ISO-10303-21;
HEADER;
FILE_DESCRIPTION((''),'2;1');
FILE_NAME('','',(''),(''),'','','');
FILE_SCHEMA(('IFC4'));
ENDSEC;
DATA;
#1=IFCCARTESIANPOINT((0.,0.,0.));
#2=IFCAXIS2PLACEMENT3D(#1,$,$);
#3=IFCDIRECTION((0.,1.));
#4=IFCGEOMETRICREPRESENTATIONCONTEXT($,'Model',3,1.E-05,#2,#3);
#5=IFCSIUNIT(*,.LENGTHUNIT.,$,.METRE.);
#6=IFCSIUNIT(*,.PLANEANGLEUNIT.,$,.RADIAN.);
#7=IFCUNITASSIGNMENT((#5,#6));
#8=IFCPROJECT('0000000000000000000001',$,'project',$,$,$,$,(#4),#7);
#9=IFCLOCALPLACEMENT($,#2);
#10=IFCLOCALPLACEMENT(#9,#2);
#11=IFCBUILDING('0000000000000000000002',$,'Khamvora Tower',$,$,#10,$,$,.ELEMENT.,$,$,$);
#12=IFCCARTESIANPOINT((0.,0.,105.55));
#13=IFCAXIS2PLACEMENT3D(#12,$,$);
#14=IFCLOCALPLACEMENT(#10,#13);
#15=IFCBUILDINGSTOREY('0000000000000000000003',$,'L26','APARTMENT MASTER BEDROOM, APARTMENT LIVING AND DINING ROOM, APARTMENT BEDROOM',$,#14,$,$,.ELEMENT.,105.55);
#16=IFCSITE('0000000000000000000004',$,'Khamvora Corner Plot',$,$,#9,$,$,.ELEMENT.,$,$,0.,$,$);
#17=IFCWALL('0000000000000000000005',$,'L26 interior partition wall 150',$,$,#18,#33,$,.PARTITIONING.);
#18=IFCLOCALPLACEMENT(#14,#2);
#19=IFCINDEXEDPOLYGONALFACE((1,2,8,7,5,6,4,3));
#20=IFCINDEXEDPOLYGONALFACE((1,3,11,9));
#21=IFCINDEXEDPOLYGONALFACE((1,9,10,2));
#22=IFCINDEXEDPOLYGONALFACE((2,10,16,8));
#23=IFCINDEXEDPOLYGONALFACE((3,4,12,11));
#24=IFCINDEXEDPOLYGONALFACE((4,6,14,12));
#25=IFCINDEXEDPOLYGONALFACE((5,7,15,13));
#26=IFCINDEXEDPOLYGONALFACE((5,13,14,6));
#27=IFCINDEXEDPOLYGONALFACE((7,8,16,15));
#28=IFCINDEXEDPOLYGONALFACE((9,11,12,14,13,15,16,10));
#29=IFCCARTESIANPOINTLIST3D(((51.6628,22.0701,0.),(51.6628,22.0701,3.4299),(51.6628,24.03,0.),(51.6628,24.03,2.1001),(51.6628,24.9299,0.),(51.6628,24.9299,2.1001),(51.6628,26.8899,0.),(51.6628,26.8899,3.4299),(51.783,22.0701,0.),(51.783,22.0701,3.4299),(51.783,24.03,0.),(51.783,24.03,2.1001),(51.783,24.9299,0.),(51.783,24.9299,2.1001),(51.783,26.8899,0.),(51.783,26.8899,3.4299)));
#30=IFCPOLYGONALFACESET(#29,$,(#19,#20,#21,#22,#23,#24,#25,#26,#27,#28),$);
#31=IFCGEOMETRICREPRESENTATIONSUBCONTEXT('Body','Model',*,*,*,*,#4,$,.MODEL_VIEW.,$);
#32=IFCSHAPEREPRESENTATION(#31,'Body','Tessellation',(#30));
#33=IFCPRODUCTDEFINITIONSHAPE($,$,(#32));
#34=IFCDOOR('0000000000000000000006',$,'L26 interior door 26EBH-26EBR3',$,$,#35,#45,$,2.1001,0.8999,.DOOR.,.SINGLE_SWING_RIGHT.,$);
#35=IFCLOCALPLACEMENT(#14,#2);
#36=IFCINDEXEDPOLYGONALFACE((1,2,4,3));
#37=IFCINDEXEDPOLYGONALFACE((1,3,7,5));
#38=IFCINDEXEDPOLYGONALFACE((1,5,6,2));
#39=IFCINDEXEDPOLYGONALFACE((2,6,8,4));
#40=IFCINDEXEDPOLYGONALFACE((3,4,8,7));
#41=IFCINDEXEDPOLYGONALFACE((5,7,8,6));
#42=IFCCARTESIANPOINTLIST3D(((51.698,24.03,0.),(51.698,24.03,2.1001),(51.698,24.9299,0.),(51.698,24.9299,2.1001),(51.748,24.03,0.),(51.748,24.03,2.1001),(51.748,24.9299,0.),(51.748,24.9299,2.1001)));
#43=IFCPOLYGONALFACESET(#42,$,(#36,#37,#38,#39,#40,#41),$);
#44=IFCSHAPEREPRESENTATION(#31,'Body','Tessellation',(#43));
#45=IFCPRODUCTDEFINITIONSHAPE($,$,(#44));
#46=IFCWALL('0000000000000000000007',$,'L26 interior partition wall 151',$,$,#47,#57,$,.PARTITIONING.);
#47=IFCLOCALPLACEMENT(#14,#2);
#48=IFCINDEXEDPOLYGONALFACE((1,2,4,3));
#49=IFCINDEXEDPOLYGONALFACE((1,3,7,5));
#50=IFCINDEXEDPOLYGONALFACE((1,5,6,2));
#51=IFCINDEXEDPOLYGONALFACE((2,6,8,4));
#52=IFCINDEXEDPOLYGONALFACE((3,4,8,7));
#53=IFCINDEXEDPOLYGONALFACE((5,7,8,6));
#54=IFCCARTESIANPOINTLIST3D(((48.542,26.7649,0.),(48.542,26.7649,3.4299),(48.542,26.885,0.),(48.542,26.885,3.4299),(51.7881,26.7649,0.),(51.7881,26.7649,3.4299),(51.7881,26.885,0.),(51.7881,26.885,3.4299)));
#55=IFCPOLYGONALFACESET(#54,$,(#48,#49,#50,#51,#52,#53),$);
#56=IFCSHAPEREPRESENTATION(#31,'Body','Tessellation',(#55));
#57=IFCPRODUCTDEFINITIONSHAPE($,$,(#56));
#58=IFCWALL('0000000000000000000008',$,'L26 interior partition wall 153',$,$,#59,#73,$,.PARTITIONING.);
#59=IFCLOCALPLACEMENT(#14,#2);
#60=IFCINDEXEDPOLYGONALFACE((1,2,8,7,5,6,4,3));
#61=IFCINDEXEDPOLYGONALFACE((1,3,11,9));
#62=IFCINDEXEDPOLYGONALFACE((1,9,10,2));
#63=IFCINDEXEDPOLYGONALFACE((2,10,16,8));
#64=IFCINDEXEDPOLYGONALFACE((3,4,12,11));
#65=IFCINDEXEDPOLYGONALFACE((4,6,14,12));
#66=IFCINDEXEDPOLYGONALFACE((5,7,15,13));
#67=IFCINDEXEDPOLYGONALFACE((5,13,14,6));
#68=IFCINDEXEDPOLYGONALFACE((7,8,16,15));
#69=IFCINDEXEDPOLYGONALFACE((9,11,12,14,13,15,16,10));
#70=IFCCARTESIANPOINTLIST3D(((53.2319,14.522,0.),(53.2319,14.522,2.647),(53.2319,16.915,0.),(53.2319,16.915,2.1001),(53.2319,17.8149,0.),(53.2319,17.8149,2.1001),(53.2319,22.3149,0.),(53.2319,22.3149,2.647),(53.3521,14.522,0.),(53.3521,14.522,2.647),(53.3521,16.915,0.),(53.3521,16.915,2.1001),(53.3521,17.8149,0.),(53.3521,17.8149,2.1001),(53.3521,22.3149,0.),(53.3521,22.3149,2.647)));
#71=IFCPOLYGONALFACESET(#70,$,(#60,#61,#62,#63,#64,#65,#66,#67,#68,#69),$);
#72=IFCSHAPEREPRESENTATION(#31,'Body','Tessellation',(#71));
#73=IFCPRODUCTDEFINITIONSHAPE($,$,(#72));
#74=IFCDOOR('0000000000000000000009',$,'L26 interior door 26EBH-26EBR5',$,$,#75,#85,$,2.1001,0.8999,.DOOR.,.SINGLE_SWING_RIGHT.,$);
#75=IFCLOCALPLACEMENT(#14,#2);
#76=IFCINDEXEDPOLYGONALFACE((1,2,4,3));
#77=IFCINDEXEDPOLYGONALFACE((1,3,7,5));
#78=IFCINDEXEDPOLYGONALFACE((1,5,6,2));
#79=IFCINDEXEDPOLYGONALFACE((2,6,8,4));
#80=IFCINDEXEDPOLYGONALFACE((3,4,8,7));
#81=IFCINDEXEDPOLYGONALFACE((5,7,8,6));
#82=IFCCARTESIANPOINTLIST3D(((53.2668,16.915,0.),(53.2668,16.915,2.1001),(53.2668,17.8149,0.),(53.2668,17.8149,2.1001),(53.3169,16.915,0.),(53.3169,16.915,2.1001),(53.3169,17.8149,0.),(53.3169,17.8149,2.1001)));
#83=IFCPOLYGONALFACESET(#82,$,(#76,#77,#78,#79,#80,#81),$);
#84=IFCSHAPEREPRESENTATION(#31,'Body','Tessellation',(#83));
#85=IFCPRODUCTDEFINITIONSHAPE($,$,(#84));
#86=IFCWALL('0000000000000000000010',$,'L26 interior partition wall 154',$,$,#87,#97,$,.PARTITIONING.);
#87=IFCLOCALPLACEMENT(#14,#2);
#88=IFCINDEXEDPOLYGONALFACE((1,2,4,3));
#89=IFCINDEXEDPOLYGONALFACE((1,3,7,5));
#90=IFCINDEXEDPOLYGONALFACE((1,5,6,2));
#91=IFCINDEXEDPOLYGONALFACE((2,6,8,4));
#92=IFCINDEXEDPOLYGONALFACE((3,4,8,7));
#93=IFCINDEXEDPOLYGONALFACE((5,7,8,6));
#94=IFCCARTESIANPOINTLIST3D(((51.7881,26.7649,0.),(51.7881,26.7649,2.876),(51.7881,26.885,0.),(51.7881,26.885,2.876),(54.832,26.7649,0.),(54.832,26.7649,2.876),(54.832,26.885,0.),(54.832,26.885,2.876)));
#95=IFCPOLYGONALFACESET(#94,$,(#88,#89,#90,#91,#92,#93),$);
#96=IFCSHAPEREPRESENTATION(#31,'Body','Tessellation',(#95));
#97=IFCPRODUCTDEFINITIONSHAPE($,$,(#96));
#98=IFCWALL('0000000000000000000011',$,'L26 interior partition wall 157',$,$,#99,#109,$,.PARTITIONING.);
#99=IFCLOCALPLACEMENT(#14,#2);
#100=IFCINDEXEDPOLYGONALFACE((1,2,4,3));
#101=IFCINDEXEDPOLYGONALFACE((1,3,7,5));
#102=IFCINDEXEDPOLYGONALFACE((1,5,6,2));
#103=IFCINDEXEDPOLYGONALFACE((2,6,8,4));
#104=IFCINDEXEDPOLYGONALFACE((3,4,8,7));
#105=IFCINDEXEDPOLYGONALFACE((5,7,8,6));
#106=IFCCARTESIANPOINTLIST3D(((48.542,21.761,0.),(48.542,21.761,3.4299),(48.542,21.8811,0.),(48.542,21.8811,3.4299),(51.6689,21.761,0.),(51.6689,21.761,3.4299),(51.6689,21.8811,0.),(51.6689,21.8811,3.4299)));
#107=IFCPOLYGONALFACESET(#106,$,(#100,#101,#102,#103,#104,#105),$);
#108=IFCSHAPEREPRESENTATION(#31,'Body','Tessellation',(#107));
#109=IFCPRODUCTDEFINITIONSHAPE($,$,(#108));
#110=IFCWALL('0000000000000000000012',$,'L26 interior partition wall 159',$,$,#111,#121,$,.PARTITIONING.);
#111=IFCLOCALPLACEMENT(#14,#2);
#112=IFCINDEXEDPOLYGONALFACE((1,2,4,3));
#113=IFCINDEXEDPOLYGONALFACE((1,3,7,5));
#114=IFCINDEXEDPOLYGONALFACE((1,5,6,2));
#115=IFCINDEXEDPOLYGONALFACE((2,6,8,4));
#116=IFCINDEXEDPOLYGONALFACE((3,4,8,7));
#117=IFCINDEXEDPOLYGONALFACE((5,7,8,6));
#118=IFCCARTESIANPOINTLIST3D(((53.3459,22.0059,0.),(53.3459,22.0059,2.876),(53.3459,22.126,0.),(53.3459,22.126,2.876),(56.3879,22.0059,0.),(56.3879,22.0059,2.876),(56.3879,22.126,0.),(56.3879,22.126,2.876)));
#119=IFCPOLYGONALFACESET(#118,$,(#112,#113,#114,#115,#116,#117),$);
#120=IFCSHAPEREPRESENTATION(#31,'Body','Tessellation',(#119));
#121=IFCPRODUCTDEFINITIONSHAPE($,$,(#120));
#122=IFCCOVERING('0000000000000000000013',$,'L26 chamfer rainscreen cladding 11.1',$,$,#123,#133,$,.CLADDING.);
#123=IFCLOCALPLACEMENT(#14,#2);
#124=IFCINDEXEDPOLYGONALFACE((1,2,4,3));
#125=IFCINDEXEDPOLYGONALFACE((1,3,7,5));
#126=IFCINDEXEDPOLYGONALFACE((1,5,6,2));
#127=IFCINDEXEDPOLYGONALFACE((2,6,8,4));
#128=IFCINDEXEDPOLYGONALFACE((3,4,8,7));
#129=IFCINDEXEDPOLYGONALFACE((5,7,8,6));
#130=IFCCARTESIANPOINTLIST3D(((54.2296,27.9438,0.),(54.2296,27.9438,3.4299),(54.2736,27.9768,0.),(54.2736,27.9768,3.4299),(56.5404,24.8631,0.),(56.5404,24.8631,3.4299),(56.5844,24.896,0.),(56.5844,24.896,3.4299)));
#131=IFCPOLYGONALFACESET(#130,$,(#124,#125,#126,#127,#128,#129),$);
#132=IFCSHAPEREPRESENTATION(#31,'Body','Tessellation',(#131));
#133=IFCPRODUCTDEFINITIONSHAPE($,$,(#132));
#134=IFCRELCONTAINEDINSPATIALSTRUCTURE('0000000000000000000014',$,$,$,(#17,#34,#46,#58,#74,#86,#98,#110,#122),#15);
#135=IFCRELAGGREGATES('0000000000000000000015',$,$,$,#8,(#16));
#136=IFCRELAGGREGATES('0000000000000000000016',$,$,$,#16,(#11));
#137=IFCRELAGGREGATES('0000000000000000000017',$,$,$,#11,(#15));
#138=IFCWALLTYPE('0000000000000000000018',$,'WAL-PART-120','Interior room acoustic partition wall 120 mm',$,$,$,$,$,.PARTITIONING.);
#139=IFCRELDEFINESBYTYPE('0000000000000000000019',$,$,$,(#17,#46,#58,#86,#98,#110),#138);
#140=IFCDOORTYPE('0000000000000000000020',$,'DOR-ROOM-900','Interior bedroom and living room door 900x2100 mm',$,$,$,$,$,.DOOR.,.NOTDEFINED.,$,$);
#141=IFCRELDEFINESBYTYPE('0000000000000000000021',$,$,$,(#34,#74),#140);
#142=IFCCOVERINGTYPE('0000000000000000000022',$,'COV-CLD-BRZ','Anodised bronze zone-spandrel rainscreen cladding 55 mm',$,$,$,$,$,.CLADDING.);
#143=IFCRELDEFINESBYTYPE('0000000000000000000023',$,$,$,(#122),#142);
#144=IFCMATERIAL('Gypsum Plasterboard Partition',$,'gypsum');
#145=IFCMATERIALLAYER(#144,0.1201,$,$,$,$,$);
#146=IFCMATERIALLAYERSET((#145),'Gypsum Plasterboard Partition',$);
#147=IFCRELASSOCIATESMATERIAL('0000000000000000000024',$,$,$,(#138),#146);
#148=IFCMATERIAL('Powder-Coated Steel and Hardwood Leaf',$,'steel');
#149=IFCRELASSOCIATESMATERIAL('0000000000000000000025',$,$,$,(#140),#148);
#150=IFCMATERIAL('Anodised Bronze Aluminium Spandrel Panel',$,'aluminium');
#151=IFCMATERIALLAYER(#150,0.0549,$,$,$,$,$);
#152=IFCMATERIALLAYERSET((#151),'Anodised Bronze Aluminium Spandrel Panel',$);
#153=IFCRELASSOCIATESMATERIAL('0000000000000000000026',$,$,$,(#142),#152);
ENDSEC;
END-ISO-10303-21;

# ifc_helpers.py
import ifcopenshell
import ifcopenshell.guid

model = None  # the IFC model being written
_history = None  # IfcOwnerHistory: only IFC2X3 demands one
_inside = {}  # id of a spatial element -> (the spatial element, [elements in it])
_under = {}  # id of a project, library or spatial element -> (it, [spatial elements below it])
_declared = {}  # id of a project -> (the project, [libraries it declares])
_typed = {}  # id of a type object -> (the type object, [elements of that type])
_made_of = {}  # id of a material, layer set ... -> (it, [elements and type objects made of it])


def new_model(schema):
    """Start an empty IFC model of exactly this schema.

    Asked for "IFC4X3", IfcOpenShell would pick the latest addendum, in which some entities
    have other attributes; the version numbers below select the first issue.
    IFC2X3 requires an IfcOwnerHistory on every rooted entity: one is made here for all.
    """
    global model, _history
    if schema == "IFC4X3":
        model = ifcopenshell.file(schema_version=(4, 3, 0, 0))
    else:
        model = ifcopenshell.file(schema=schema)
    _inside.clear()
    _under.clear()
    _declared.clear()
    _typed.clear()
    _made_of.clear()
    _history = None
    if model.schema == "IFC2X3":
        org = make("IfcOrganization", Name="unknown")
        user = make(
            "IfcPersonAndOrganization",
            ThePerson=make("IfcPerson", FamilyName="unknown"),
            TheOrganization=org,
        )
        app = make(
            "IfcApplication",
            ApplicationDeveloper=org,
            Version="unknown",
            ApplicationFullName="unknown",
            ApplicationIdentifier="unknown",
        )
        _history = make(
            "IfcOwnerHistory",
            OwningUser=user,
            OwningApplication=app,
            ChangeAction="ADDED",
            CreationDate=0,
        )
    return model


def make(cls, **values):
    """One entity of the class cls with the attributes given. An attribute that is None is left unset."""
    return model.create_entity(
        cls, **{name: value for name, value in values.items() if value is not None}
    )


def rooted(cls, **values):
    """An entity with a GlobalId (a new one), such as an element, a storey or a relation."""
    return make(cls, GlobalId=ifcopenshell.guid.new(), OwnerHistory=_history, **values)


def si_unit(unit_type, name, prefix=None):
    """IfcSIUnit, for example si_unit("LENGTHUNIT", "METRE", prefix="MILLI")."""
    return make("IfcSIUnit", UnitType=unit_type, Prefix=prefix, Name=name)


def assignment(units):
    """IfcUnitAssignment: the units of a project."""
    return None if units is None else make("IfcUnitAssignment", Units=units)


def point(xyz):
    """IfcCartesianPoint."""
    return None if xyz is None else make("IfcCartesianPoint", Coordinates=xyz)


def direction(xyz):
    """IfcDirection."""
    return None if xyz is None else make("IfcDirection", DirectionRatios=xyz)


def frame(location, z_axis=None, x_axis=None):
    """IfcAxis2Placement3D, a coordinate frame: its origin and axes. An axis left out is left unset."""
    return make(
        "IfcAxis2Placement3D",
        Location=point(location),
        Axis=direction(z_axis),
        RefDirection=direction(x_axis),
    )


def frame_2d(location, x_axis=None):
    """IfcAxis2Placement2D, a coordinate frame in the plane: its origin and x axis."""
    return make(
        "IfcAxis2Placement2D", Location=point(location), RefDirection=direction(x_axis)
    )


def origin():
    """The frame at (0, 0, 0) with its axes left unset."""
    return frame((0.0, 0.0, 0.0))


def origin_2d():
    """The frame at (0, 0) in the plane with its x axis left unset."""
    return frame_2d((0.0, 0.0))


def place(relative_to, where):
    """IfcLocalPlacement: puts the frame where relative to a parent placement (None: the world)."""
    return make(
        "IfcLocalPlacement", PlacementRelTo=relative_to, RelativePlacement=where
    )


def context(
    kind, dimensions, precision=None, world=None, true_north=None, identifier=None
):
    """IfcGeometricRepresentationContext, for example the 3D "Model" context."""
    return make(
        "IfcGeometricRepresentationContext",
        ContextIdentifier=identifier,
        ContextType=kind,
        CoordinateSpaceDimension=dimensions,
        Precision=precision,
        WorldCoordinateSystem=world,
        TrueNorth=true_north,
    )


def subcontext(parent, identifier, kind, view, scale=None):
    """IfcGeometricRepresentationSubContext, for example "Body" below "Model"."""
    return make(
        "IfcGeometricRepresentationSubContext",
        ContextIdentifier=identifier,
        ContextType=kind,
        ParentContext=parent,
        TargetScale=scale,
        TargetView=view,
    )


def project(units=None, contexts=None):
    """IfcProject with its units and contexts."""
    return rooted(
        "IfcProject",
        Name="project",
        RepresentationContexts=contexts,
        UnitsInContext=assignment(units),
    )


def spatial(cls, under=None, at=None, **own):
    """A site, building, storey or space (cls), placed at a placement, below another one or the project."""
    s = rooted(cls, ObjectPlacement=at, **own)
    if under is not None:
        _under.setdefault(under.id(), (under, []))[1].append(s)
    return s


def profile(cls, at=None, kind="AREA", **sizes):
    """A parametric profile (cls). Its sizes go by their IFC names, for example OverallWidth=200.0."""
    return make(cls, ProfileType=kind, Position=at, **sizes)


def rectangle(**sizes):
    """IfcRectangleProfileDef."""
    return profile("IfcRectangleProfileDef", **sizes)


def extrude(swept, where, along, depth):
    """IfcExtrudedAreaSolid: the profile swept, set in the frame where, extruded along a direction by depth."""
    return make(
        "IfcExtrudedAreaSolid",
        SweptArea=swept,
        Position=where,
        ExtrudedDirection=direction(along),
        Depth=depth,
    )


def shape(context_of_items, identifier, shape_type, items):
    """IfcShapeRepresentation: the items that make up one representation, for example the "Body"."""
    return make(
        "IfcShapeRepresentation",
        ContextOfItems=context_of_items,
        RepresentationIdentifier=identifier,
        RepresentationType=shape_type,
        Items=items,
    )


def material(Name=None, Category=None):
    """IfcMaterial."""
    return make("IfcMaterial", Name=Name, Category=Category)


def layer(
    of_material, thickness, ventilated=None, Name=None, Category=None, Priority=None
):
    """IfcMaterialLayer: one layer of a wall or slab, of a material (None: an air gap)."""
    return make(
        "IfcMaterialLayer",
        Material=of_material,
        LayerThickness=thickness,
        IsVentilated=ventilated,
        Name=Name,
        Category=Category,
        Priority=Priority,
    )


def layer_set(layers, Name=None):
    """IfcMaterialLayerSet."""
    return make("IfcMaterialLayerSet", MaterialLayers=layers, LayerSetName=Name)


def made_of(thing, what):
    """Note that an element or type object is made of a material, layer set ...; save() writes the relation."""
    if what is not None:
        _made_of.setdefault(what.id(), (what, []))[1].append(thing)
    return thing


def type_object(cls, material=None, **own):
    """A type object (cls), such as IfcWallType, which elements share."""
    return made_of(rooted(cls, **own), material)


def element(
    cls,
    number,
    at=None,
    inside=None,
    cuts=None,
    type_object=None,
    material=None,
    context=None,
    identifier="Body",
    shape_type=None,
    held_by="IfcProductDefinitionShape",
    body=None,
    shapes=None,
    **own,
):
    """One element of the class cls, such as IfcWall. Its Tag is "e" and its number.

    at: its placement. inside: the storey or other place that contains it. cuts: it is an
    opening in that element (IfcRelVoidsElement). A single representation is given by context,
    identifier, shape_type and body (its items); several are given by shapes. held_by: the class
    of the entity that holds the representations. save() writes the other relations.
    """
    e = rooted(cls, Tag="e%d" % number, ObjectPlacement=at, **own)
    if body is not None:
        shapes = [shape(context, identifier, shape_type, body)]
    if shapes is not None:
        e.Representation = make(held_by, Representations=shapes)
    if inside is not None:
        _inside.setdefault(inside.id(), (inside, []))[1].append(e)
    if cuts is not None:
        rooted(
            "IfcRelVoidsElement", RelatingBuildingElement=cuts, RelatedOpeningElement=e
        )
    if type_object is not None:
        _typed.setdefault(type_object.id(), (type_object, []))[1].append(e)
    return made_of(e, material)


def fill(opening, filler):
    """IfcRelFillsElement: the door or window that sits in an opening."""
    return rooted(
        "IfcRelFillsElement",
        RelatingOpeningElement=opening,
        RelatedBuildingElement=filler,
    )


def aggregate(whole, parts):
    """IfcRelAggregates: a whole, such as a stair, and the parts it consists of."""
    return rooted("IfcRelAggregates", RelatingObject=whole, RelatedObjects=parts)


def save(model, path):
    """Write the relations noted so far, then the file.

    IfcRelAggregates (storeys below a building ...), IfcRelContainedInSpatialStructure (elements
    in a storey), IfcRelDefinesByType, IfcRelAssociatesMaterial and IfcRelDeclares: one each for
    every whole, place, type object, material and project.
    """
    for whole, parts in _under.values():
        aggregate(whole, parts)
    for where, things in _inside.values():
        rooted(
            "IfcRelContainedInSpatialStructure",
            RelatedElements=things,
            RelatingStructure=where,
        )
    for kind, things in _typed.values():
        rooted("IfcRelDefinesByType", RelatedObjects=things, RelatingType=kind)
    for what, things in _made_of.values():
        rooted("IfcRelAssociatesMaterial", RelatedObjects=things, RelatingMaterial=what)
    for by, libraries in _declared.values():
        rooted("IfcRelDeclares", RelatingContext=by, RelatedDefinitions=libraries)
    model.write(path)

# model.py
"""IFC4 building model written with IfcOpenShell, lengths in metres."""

from ifc_helpers import new_model, si_unit, direction, frame, frame_2d, origin, origin_2d, place, context, subcontext, project, spatial, rectangle, extrude, material, layer, layer_set, type_object, element, fill, save


model = new_model("IFC4")

# Units and contexts
model_context = context("Model", 3, precision=1e-05, world=origin(), true_north=direction((0.0, 1.0)))
body_context = subcontext(model_context, "Body", "Model", "MODEL_VIEW")
ifc_project = project(units=[si_unit("LENGTHUNIT", "METRE"), si_unit("PLANEANGLEUNIT", "RADIAN")], contexts=[model_context])

# Site, building, storey
site_placement = place(None, origin())
site = spatial("IfcSite", under=ifc_project, at=site_placement, Name="Khamvora Corner Plot", CompositionType="ELEMENT", RefElevation=0.0)
building_placement = place(site_placement, origin())
building = spatial("IfcBuilding", under=site, at=building_placement, Name="Khamvora Tower", CompositionType="ELEMENT")
storey_placement = place(building_placement, frame((0.0, 0.0, 105.55)))
storey = spatial("IfcBuildingStorey", under=building, at=storey_placement, Name="L26", Description="APARTMENT MASTER BEDROOM, APARTMENT LIVING AND DINING ROOM, APARTMENT BEDROOM", CompositionType="ELEMENT", Elevation=105.55)

# Shared definitions
ifc_material_1 = material(Name="Powder-Coated Steel and Hardwood Leaf", Category="steel")

# Shared definitions
ifc_material_2 = material(Name="Gypsum Plasterboard Partition", Category="gypsum")
ifc_layer_1 = layer(ifc_material_2, 0.1201)
ifc_layer_set_1 = layer_set([ifc_layer_1], Name="Gypsum Plasterboard Partition")
wall_type_1 = type_object("IfcWallType", Name="WAL-PART-120", Description="Interior room acoustic partition wall 120 mm", PredefinedType="PARTITIONING", material=ifc_layer_set_1)
door_type_1 = type_object("IfcDoorType", Name="DOR-ROOM-900", Description="Interior bedroom and living room door 900x2100 mm", OperationType="NOTDEFINED", PredefinedType="DOOR", material=ifc_material_1)

# Wall, opening, door
wall_1_placement = place(storey_placement, frame((51.7229, 22.0701, 0.0), z_axis=(0.0, 0.0, 1.0), x_axis=(0.0, 1.0, 0.0)))
wall_1 = element("IfcWall", 1, at=wall_1_placement, inside=storey, type_object=wall_type_1, Name="L26 interior partition wall 150", PredefinedType="PARTITIONING", context=body_context, shape_type="SweptSolid", body=[
    extrude(rectangle(XDim=4.8198, YDim=0.1201, at=frame_2d((2.4099, 0.0))), origin(), (0.0, 0.0, 1.0), 3.4299),
])
opening_1_placement = place(wall_1_placement, frame((1.96, 0.0, 0.0)))
opening_1 = element("IfcOpeningElement", 2, at=opening_1_placement, cuts=wall_1, PredefinedType="OPENING", context=body_context, shape_type="SweptSolid", body=[
    extrude(rectangle(XDim=0.8999, YDim=2.1001, at=frame_2d((0.45, 1.05))), frame((0.0, 0.0701, 0.0), z_axis=(0.0, -1.0, 0.0), x_axis=(1.0, 0.0, 0.0)), (0.0, 0.0, 1.0), 0.1401),
])
door_1_placement = place(opening_1_placement, origin())
door_1 = element("IfcDoor", 3, at=door_1_placement, inside=storey, type_object=door_type_1, Name="L26 interior door 26EBH-26EBR3", OperationType="SINGLE_SWING_RIGHT", OverallHeight=2.1001, OverallWidth=0.8999, PredefinedType="DOOR", context=body_context, shape_type="SweptSolid", body=[
    extrude(rectangle(XDim=0.8999, YDim=2.1001, at=frame_2d((0.45, 1.05))), frame((0.0, 0.0249, 0.0), z_axis=(0.0, -1.0, 0.0), x_axis=(1.0, 0.0, 0.0)), (0.0, 0.0, 1.0), 0.05),
])
fill(opening_1, door_1)

# Wall
wall_2_placement = place(storey_placement, frame((51.7881, 26.825, 0.0), z_axis=(0.0, 0.0, 1.0), x_axis=(-1.0, 0.0, 0.0)))
element("IfcWall", 4, at=wall_2_placement, inside=storey, type_object=wall_type_1, Name="L26 interior partition wall 151", PredefinedType="PARTITIONING", context=body_context, shape_type="SweptSolid", body=[
    extrude(rectangle(XDim=3.2461, YDim=0.1201, at=frame_2d((1.623, 0.0))), origin(), (0.0, 0.0, 1.0), 3.4299),
])

# Wall, opening, door
wall_3_placement = place(storey_placement, frame((53.292, 22.3149, 0.0), z_axis=(0.0, 0.0, 1.0), x_axis=(0.0, -1.0, 0.0)))
wall_3 = element("IfcWall", 5, at=wall_3_placement, inside=storey, type_object=wall_type_1, Name="L26 interior partition wall 153", PredefinedType="PARTITIONING", context=body_context, shape_type="SweptSolid", body=[
    extrude(rectangle(XDim=7.793, YDim=0.1201, at=frame_2d((3.8965, 0.0))), origin(), (0.0, 0.0, 1.0), 2.647),
])
opening_2_placement = place(wall_3_placement, frame((4.5, 0.0, 0.0)))
opening_2 = element("IfcOpeningElement", 6, at=opening_2_placement, cuts=wall_3, PredefinedType="OPENING", context=body_context, shape_type="SweptSolid", body=[
    extrude(rectangle(XDim=0.8999, YDim=2.1001, at=frame_2d((0.45, 1.05))), frame((0.0, 0.0701, 0.0), z_axis=(0.0, -1.0, 0.0), x_axis=(1.0, 0.0, 0.0)), (0.0, 0.0, 1.0), 0.1401),
])
door_2_placement = place(opening_2_placement, origin())
door_2 = element("IfcDoor", 7, at=door_2_placement, inside=storey, type_object=door_type_1, Name="L26 interior door 26EBH-26EBR5", OperationType="SINGLE_SWING_RIGHT", OverallHeight=2.1001, OverallWidth=0.8999, PredefinedType="DOOR", context=body_context, shape_type="SweptSolid", body=[
    extrude(rectangle(XDim=0.8999, YDim=2.1001, at=frame_2d((0.45, 1.05))), frame((0.0, 0.0249, 0.0), z_axis=(0.0, -1.0, 0.0), x_axis=(1.0, 0.0, 0.0)), (0.0, 0.0, 1.0), 0.05),
])
fill(opening_2, door_2)

# Walls
wall_4_placement = place(storey_placement, frame((54.832, 26.825, 0.0), z_axis=(0.0, 0.0, 1.0), x_axis=(-1.0, 0.0, 0.0)))
element("IfcWall", 8, at=wall_4_placement, inside=storey, type_object=wall_type_1, Name="L26 interior partition wall 154", PredefinedType="PARTITIONING", context=body_context, shape_type="SweptSolid", body=[
    extrude(rectangle(XDim=3.0439, YDim=0.1201, at=frame_2d((1.522, 0.0))), origin(), (0.0, 0.0, 1.0), 2.876),
])
wall_5_placement = place(storey_placement, frame((48.542, 21.821, 0.0), z_axis=(0.0, 0.0, 1.0), x_axis=(1.0, 0.0, 0.0)))
element("IfcWall", 9, at=wall_5_placement, inside=storey, type_object=wall_type_1, Name="L26 interior partition wall 157", PredefinedType="PARTITIONING", context=body_context, shape_type="SweptSolid", body=[
    extrude(rectangle(XDim=3.127, YDim=0.1201, at=frame_2d((1.5635, 0.0))), origin(), (0.0, 0.0, 1.0), 3.4299),
])
wall_6_placement = place(storey_placement, frame((53.3459, 22.0659, 0.0), z_axis=(0.0, 0.0, 1.0), x_axis=(1.0, 0.0, 0.0)))
element("IfcWall", 10, at=wall_6_placement, inside=storey, type_object=wall_type_1, Name="L26 interior partition wall 159", PredefinedType="PARTITIONING", context=body_context, shape_type="SweptSolid", body=[
    extrude(rectangle(XDim=3.042, YDim=0.1201, at=frame_2d((1.521, 0.0))), origin(), (0.0, 0.0, 1.0), 2.876),
])

# Covering
ifc_material_3 = material(Name="Anodised Bronze Aluminium Spandrel Panel", Category="aluminium")
ifc_layer_2 = layer(ifc_material_3, 0.0549)
ifc_layer_set_2 = layer_set([ifc_layer_2], Name="Anodised Bronze Aluminium Spandrel Panel")
covering_type = type_object("IfcCoveringType", Name="COV-CLD-BRZ", Description="Anodised bronze zone-spandrel rainscreen cladding 55 mm", PredefinedType="CLADDING", material=ifc_layer_set_2)
covering_placement = place(storey_placement, frame((55.407, 26.4199, 0.0), z_axis=(0.0, 0.0, 1.0), x_axis=(0.60004, -0.79997, 0.0)))
element("IfcCovering", 11, at=covering_placement, inside=storey, type_object=covering_type, Name="L26 chamfer rainscreen cladding 11.1", PredefinedType="CLADDING", context=body_context, shape_type="SweptSolid", body=[
    extrude(rectangle(XDim=3.8511, YDim=0.0549, at=origin_2d()), origin(), (0.0, 0.0, 1.0), 3.4299),
])

save(model, "model.ifc")
